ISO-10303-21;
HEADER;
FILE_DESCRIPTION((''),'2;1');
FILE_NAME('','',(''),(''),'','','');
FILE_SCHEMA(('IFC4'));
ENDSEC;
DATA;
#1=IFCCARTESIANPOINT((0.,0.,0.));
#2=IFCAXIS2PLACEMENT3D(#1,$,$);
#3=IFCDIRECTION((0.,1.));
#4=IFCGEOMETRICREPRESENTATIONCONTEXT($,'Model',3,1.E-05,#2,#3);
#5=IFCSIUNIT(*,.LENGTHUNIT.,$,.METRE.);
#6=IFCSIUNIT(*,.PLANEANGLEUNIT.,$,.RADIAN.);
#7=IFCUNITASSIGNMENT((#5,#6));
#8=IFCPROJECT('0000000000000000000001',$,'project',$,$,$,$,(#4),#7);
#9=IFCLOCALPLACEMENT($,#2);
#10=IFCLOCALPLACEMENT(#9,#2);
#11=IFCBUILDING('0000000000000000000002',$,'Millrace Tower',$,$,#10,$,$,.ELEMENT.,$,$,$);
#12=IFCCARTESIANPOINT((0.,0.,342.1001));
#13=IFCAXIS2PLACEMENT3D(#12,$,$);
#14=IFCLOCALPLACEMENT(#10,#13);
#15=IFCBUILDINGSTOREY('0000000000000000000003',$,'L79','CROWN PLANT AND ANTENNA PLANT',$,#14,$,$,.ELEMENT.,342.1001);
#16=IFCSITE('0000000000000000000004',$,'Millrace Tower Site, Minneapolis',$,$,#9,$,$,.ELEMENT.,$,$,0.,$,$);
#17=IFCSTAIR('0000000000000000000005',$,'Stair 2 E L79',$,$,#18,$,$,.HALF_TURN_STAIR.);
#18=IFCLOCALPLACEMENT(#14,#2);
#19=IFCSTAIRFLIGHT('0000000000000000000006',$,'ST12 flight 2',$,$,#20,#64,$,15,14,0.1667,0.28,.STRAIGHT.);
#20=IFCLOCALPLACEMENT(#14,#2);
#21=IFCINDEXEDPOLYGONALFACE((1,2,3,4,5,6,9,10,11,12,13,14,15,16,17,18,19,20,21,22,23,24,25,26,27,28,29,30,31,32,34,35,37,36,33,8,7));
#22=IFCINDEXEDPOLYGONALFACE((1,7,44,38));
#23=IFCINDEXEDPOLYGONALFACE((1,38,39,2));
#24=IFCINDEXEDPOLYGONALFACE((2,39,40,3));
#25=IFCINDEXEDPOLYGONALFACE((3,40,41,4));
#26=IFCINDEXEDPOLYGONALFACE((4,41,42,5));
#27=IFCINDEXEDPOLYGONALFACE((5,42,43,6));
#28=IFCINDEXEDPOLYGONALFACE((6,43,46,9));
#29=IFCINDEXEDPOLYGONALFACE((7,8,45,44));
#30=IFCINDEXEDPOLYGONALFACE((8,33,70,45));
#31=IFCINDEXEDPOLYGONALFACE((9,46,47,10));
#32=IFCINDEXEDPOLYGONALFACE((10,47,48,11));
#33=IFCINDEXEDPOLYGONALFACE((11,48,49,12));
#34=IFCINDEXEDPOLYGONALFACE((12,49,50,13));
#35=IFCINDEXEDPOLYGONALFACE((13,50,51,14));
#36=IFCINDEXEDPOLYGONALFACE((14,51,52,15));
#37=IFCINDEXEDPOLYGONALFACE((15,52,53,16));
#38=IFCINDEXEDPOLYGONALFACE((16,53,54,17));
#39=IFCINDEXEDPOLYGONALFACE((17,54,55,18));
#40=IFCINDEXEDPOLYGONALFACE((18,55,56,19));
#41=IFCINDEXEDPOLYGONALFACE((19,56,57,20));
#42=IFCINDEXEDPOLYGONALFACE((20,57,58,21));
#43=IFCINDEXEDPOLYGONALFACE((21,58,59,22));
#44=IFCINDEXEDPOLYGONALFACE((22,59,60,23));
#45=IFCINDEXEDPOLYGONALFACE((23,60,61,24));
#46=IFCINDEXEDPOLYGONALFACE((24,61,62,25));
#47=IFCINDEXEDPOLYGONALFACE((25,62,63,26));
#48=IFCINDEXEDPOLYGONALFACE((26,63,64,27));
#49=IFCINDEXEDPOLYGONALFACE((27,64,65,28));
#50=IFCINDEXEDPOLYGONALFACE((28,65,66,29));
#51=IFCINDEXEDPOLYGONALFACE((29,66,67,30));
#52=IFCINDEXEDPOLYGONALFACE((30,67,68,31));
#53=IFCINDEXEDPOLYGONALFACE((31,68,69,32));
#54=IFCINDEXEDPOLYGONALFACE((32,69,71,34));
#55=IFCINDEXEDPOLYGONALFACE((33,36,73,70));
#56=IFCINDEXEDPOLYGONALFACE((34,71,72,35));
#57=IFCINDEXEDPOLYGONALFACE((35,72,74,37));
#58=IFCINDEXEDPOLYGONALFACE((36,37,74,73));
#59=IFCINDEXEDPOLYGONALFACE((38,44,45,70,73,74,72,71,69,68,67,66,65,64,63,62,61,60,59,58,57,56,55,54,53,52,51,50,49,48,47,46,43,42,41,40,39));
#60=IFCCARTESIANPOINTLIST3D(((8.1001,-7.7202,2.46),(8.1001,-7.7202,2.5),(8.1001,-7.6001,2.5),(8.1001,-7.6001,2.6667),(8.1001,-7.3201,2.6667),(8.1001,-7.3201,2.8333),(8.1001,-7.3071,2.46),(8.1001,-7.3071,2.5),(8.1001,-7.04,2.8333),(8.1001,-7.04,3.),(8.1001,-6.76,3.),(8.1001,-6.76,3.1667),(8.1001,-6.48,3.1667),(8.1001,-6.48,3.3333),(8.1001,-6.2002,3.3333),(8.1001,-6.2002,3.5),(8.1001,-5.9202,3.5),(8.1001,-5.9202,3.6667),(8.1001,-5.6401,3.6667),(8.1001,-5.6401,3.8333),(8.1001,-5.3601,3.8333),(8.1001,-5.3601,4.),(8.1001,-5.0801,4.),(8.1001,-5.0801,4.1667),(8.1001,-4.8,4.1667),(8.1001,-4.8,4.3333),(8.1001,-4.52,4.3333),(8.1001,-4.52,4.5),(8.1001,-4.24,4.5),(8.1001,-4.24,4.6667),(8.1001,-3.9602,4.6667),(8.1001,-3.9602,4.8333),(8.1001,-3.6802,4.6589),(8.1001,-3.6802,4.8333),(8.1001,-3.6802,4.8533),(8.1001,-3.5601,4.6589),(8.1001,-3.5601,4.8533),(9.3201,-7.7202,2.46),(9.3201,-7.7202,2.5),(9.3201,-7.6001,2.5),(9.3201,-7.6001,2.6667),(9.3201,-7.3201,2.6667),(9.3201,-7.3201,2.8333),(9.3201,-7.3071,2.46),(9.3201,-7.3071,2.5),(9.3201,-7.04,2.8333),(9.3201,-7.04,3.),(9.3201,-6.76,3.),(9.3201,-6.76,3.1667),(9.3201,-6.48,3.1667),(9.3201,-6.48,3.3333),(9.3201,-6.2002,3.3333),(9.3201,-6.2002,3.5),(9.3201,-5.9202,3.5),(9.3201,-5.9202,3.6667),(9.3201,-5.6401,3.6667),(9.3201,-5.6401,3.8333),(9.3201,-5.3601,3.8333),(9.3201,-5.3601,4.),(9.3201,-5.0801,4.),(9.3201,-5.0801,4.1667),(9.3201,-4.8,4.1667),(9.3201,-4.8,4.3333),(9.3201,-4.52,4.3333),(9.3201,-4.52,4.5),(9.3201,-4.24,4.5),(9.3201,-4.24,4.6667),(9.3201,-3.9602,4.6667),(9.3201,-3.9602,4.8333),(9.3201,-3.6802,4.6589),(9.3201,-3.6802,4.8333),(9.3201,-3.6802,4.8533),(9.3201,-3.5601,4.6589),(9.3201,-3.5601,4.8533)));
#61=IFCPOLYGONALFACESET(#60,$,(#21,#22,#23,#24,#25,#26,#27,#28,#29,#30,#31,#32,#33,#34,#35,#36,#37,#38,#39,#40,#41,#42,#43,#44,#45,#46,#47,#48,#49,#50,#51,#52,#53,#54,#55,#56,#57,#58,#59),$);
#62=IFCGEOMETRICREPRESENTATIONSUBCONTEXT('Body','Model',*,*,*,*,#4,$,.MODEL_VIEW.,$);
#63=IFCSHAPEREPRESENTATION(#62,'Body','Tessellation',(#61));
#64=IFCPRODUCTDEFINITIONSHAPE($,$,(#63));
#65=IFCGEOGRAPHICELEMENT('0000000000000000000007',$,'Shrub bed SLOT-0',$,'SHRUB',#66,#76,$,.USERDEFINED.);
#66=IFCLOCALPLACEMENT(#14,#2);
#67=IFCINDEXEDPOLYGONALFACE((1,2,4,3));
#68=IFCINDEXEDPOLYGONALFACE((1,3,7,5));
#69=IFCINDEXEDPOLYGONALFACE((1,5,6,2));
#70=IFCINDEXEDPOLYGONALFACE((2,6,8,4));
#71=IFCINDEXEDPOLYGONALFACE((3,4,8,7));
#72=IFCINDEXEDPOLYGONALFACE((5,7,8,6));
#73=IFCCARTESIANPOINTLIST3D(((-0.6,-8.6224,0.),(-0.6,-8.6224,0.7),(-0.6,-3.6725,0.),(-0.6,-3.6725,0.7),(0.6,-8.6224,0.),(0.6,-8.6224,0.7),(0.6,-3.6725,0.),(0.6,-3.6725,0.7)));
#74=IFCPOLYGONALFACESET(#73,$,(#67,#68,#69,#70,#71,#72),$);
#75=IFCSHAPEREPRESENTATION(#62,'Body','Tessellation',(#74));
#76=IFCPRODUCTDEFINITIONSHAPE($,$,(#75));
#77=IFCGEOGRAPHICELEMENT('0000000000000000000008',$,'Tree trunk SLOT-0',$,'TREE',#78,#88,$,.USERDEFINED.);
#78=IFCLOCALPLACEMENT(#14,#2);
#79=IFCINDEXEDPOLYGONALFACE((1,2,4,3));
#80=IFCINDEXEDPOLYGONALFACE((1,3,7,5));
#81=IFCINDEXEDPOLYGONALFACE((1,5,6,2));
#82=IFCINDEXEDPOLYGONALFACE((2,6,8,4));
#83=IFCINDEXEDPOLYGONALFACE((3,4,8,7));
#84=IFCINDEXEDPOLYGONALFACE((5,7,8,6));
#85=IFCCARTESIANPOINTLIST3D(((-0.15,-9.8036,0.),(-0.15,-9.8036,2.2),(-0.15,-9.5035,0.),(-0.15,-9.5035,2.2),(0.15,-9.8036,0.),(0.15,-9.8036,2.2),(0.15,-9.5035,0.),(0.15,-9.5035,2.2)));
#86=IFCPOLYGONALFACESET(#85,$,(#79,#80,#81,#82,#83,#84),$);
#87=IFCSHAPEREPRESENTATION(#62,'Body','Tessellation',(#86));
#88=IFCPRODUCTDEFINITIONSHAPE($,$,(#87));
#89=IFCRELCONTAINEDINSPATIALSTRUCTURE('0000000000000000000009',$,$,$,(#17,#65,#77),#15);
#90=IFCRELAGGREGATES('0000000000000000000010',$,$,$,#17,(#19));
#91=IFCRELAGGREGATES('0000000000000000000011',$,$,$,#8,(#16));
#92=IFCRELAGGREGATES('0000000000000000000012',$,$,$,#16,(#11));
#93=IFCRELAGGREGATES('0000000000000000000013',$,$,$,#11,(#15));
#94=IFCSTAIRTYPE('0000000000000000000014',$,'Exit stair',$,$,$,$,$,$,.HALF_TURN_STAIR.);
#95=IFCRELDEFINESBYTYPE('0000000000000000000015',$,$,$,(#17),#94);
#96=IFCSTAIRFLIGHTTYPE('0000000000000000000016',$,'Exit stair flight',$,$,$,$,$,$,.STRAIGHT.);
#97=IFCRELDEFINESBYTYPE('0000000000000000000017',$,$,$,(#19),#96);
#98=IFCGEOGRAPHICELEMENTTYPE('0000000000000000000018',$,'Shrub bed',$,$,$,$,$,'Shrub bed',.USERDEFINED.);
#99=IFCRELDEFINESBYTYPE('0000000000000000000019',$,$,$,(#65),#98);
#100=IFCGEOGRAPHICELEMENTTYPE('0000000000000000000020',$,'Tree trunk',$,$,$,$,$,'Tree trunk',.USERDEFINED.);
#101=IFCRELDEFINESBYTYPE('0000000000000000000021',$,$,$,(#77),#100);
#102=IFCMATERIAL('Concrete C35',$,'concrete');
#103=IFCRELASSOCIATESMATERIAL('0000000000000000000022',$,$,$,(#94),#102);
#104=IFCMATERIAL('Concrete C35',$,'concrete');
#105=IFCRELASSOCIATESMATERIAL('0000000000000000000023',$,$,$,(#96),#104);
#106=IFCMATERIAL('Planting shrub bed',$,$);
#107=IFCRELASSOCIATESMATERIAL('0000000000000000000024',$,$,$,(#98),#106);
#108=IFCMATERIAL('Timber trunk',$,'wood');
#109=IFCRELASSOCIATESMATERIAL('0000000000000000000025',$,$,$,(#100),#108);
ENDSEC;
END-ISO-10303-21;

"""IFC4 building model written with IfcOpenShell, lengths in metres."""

from ifc_helpers import new_model, si_unit, direction, frame, origin, origin_2d, place, context, subcontext, project, spatial, polyline, rectangle, outline, extrude, material, type_object, element, aggregate, save


model = new_model("IFC4")

# Units and contexts
model_context = context("Model", 3, precision=1e-05, world=origin(), true_north=direction((0.0, 1.0)))
body_context = subcontext(model_context, "Body", "Model", "MODEL_VIEW")
ifc_project = project(units=[si_unit("LENGTHUNIT", "METRE"), si_unit("PLANEANGLEUNIT", "RADIAN")], contexts=[model_context])

# Site, building, storey
site_placement = place(None, origin())
site = spatial("IfcSite", under=ifc_project, at=site_placement, Name="Millrace Tower Site, Minneapolis", CompositionType="ELEMENT", RefElevation=0.0)
building_placement = place(site_placement, origin())
building = spatial("IfcBuilding", under=site, at=building_placement, Name="Millrace Tower", CompositionType="ELEMENT")
storey_placement = place(building_placement, frame((0.0, 0.0, 342.1001)))
storey = spatial("IfcBuildingStorey", under=building, at=storey_placement, Name="L79", Description="CROWN PLANT AND ANTENNA PLANT", CompositionType="ELEMENT", Elevation=342.1001)

# Shared definitions
placement_1 = place(storey_placement, origin())

# Stair, stair flight
ifc_material_1 = material(Name="Concrete C35", Category="concrete")
stair_type = type_object("IfcStairType", Name="Exit stair", PredefinedType="HALF_TURN_STAIR", material=ifc_material_1)
stair = element("IfcStair", 1, at=placement_1, inside=storey, type_object=stair_type, Name="Stair 2 E L79", PredefinedType="HALF_TURN_STAIR")
ifc_material_2 = material(Name="Concrete C35", Category="concrete")
stair_flight_type = type_object("IfcStairFlightType", Name="Exit stair flight", PredefinedType="STRAIGHT", material=ifc_material_2)
stair_flight_placement = place(storey_placement, frame((8.71, -7.6001, 2.5), z_axis=(0.0, 0.0, 1.0), x_axis=(0.0, 1.0, 0.0)))
stair_flight = element("IfcStairFlight", 2, at=stair_flight_placement, type_object=stair_flight_type, Name="ST12 flight 2", NumberOfRisers=15, NumberOfTreads=14, PredefinedType="STRAIGHT", RiserHeight=0.1667, TreadLength=0.28, context=body_context, shape_type="SweptSolid", body=[
    extrude(outline(polyline([(-0.1201, -0.04), (-0.1201, 0.0), (0.0, 0.0), (0.0, 0.1667), (0.28, 0.1667), (0.28, 0.3333), (0.5601, 0.3333), (0.5601, 0.5), (0.8401, 0.5), (0.8401, 0.6667), (1.1201, 0.6667), (1.1201, 0.8333), (1.3999, 0.8333), (1.3999, 1.0), (1.6799, 1.0), (1.6799, 1.1667), (1.96, 1.1667), (1.96, 1.3333), (2.24, 1.3333), (2.24, 1.5), (2.52, 1.5), (2.52, 1.6667), (2.8, 1.6667), (2.8, 1.8333), (3.0801, 1.8333), (3.0801, 2.0), (3.3601, 2.0), (3.3601, 2.1667), (3.6399, 2.1667), (3.6399, 2.3333), (3.9199, 2.3333), (3.9199, 2.3533), (4.04, 2.3533), (4.04, 2.1589), (3.9199, 2.1589), (0.293, 0.0), (0.293, -0.04), (-0.1201, -0.04)])), frame((0.0, 0.6099, 0.0), z_axis=(0.0, -1.0, 0.0), x_axis=(1.0, 0.0, 0.0)), (0.0, 0.0, 1.0), 1.22),
])
aggregate(stair, [stair_flight])

# Geographic elements
ifc_material_3 = material(Name="Planting shrub bed")
geographic_element_type_1 = type_object("IfcGeographicElementType", Name="Shrub bed", ElementType="Shrub bed", PredefinedType="USERDEFINED", material=ifc_material_3)
geographic_element_1_placement = place(storey_placement, frame((0.0, -6.1475, 0.0), z_axis=(0.0, 0.0, 1.0), x_axis=(0.0, 1.0, 0.0)))
element("IfcGeographicElement", 3, at=geographic_element_1_placement, inside=storey, type_object=geographic_element_type_1, Name="Shrub bed SLOT-0", ObjectType="SHRUB", PredefinedType="USERDEFINED", context=body_context, shape_type="SweptSolid", body=[
    extrude(rectangle(XDim=4.95, YDim=1.2, at=origin_2d()), origin(), (0.0, 0.0, 1.0), 0.7),
])
ifc_material_4 = material(Name="Timber trunk", Category="wood")
geographic_element_type_2 = type_object("IfcGeographicElementType", Name="Tree trunk", ElementType="Tree trunk", PredefinedType="USERDEFINED", material=ifc_material_4)
geographic_element_2_placement = place(storey_placement, frame((0.0, -9.6536, 0.0), z_axis=(0.0, 0.0, 1.0), x_axis=(1.0, 0.0, 0.0)))
element("IfcGeographicElement", 4, at=geographic_element_2_placement, inside=storey, type_object=geographic_element_type_2, Name="Tree trunk SLOT-0", ObjectType="TREE", PredefinedType="USERDEFINED", context=body_context, shape_type="SweptSolid", body=[
    extrude(rectangle(XDim=0.3, YDim=0.3, at=origin_2d()), origin(), (0.0, 0.0, 1.0), 2.2),
])

save(model, "model.ifc")
